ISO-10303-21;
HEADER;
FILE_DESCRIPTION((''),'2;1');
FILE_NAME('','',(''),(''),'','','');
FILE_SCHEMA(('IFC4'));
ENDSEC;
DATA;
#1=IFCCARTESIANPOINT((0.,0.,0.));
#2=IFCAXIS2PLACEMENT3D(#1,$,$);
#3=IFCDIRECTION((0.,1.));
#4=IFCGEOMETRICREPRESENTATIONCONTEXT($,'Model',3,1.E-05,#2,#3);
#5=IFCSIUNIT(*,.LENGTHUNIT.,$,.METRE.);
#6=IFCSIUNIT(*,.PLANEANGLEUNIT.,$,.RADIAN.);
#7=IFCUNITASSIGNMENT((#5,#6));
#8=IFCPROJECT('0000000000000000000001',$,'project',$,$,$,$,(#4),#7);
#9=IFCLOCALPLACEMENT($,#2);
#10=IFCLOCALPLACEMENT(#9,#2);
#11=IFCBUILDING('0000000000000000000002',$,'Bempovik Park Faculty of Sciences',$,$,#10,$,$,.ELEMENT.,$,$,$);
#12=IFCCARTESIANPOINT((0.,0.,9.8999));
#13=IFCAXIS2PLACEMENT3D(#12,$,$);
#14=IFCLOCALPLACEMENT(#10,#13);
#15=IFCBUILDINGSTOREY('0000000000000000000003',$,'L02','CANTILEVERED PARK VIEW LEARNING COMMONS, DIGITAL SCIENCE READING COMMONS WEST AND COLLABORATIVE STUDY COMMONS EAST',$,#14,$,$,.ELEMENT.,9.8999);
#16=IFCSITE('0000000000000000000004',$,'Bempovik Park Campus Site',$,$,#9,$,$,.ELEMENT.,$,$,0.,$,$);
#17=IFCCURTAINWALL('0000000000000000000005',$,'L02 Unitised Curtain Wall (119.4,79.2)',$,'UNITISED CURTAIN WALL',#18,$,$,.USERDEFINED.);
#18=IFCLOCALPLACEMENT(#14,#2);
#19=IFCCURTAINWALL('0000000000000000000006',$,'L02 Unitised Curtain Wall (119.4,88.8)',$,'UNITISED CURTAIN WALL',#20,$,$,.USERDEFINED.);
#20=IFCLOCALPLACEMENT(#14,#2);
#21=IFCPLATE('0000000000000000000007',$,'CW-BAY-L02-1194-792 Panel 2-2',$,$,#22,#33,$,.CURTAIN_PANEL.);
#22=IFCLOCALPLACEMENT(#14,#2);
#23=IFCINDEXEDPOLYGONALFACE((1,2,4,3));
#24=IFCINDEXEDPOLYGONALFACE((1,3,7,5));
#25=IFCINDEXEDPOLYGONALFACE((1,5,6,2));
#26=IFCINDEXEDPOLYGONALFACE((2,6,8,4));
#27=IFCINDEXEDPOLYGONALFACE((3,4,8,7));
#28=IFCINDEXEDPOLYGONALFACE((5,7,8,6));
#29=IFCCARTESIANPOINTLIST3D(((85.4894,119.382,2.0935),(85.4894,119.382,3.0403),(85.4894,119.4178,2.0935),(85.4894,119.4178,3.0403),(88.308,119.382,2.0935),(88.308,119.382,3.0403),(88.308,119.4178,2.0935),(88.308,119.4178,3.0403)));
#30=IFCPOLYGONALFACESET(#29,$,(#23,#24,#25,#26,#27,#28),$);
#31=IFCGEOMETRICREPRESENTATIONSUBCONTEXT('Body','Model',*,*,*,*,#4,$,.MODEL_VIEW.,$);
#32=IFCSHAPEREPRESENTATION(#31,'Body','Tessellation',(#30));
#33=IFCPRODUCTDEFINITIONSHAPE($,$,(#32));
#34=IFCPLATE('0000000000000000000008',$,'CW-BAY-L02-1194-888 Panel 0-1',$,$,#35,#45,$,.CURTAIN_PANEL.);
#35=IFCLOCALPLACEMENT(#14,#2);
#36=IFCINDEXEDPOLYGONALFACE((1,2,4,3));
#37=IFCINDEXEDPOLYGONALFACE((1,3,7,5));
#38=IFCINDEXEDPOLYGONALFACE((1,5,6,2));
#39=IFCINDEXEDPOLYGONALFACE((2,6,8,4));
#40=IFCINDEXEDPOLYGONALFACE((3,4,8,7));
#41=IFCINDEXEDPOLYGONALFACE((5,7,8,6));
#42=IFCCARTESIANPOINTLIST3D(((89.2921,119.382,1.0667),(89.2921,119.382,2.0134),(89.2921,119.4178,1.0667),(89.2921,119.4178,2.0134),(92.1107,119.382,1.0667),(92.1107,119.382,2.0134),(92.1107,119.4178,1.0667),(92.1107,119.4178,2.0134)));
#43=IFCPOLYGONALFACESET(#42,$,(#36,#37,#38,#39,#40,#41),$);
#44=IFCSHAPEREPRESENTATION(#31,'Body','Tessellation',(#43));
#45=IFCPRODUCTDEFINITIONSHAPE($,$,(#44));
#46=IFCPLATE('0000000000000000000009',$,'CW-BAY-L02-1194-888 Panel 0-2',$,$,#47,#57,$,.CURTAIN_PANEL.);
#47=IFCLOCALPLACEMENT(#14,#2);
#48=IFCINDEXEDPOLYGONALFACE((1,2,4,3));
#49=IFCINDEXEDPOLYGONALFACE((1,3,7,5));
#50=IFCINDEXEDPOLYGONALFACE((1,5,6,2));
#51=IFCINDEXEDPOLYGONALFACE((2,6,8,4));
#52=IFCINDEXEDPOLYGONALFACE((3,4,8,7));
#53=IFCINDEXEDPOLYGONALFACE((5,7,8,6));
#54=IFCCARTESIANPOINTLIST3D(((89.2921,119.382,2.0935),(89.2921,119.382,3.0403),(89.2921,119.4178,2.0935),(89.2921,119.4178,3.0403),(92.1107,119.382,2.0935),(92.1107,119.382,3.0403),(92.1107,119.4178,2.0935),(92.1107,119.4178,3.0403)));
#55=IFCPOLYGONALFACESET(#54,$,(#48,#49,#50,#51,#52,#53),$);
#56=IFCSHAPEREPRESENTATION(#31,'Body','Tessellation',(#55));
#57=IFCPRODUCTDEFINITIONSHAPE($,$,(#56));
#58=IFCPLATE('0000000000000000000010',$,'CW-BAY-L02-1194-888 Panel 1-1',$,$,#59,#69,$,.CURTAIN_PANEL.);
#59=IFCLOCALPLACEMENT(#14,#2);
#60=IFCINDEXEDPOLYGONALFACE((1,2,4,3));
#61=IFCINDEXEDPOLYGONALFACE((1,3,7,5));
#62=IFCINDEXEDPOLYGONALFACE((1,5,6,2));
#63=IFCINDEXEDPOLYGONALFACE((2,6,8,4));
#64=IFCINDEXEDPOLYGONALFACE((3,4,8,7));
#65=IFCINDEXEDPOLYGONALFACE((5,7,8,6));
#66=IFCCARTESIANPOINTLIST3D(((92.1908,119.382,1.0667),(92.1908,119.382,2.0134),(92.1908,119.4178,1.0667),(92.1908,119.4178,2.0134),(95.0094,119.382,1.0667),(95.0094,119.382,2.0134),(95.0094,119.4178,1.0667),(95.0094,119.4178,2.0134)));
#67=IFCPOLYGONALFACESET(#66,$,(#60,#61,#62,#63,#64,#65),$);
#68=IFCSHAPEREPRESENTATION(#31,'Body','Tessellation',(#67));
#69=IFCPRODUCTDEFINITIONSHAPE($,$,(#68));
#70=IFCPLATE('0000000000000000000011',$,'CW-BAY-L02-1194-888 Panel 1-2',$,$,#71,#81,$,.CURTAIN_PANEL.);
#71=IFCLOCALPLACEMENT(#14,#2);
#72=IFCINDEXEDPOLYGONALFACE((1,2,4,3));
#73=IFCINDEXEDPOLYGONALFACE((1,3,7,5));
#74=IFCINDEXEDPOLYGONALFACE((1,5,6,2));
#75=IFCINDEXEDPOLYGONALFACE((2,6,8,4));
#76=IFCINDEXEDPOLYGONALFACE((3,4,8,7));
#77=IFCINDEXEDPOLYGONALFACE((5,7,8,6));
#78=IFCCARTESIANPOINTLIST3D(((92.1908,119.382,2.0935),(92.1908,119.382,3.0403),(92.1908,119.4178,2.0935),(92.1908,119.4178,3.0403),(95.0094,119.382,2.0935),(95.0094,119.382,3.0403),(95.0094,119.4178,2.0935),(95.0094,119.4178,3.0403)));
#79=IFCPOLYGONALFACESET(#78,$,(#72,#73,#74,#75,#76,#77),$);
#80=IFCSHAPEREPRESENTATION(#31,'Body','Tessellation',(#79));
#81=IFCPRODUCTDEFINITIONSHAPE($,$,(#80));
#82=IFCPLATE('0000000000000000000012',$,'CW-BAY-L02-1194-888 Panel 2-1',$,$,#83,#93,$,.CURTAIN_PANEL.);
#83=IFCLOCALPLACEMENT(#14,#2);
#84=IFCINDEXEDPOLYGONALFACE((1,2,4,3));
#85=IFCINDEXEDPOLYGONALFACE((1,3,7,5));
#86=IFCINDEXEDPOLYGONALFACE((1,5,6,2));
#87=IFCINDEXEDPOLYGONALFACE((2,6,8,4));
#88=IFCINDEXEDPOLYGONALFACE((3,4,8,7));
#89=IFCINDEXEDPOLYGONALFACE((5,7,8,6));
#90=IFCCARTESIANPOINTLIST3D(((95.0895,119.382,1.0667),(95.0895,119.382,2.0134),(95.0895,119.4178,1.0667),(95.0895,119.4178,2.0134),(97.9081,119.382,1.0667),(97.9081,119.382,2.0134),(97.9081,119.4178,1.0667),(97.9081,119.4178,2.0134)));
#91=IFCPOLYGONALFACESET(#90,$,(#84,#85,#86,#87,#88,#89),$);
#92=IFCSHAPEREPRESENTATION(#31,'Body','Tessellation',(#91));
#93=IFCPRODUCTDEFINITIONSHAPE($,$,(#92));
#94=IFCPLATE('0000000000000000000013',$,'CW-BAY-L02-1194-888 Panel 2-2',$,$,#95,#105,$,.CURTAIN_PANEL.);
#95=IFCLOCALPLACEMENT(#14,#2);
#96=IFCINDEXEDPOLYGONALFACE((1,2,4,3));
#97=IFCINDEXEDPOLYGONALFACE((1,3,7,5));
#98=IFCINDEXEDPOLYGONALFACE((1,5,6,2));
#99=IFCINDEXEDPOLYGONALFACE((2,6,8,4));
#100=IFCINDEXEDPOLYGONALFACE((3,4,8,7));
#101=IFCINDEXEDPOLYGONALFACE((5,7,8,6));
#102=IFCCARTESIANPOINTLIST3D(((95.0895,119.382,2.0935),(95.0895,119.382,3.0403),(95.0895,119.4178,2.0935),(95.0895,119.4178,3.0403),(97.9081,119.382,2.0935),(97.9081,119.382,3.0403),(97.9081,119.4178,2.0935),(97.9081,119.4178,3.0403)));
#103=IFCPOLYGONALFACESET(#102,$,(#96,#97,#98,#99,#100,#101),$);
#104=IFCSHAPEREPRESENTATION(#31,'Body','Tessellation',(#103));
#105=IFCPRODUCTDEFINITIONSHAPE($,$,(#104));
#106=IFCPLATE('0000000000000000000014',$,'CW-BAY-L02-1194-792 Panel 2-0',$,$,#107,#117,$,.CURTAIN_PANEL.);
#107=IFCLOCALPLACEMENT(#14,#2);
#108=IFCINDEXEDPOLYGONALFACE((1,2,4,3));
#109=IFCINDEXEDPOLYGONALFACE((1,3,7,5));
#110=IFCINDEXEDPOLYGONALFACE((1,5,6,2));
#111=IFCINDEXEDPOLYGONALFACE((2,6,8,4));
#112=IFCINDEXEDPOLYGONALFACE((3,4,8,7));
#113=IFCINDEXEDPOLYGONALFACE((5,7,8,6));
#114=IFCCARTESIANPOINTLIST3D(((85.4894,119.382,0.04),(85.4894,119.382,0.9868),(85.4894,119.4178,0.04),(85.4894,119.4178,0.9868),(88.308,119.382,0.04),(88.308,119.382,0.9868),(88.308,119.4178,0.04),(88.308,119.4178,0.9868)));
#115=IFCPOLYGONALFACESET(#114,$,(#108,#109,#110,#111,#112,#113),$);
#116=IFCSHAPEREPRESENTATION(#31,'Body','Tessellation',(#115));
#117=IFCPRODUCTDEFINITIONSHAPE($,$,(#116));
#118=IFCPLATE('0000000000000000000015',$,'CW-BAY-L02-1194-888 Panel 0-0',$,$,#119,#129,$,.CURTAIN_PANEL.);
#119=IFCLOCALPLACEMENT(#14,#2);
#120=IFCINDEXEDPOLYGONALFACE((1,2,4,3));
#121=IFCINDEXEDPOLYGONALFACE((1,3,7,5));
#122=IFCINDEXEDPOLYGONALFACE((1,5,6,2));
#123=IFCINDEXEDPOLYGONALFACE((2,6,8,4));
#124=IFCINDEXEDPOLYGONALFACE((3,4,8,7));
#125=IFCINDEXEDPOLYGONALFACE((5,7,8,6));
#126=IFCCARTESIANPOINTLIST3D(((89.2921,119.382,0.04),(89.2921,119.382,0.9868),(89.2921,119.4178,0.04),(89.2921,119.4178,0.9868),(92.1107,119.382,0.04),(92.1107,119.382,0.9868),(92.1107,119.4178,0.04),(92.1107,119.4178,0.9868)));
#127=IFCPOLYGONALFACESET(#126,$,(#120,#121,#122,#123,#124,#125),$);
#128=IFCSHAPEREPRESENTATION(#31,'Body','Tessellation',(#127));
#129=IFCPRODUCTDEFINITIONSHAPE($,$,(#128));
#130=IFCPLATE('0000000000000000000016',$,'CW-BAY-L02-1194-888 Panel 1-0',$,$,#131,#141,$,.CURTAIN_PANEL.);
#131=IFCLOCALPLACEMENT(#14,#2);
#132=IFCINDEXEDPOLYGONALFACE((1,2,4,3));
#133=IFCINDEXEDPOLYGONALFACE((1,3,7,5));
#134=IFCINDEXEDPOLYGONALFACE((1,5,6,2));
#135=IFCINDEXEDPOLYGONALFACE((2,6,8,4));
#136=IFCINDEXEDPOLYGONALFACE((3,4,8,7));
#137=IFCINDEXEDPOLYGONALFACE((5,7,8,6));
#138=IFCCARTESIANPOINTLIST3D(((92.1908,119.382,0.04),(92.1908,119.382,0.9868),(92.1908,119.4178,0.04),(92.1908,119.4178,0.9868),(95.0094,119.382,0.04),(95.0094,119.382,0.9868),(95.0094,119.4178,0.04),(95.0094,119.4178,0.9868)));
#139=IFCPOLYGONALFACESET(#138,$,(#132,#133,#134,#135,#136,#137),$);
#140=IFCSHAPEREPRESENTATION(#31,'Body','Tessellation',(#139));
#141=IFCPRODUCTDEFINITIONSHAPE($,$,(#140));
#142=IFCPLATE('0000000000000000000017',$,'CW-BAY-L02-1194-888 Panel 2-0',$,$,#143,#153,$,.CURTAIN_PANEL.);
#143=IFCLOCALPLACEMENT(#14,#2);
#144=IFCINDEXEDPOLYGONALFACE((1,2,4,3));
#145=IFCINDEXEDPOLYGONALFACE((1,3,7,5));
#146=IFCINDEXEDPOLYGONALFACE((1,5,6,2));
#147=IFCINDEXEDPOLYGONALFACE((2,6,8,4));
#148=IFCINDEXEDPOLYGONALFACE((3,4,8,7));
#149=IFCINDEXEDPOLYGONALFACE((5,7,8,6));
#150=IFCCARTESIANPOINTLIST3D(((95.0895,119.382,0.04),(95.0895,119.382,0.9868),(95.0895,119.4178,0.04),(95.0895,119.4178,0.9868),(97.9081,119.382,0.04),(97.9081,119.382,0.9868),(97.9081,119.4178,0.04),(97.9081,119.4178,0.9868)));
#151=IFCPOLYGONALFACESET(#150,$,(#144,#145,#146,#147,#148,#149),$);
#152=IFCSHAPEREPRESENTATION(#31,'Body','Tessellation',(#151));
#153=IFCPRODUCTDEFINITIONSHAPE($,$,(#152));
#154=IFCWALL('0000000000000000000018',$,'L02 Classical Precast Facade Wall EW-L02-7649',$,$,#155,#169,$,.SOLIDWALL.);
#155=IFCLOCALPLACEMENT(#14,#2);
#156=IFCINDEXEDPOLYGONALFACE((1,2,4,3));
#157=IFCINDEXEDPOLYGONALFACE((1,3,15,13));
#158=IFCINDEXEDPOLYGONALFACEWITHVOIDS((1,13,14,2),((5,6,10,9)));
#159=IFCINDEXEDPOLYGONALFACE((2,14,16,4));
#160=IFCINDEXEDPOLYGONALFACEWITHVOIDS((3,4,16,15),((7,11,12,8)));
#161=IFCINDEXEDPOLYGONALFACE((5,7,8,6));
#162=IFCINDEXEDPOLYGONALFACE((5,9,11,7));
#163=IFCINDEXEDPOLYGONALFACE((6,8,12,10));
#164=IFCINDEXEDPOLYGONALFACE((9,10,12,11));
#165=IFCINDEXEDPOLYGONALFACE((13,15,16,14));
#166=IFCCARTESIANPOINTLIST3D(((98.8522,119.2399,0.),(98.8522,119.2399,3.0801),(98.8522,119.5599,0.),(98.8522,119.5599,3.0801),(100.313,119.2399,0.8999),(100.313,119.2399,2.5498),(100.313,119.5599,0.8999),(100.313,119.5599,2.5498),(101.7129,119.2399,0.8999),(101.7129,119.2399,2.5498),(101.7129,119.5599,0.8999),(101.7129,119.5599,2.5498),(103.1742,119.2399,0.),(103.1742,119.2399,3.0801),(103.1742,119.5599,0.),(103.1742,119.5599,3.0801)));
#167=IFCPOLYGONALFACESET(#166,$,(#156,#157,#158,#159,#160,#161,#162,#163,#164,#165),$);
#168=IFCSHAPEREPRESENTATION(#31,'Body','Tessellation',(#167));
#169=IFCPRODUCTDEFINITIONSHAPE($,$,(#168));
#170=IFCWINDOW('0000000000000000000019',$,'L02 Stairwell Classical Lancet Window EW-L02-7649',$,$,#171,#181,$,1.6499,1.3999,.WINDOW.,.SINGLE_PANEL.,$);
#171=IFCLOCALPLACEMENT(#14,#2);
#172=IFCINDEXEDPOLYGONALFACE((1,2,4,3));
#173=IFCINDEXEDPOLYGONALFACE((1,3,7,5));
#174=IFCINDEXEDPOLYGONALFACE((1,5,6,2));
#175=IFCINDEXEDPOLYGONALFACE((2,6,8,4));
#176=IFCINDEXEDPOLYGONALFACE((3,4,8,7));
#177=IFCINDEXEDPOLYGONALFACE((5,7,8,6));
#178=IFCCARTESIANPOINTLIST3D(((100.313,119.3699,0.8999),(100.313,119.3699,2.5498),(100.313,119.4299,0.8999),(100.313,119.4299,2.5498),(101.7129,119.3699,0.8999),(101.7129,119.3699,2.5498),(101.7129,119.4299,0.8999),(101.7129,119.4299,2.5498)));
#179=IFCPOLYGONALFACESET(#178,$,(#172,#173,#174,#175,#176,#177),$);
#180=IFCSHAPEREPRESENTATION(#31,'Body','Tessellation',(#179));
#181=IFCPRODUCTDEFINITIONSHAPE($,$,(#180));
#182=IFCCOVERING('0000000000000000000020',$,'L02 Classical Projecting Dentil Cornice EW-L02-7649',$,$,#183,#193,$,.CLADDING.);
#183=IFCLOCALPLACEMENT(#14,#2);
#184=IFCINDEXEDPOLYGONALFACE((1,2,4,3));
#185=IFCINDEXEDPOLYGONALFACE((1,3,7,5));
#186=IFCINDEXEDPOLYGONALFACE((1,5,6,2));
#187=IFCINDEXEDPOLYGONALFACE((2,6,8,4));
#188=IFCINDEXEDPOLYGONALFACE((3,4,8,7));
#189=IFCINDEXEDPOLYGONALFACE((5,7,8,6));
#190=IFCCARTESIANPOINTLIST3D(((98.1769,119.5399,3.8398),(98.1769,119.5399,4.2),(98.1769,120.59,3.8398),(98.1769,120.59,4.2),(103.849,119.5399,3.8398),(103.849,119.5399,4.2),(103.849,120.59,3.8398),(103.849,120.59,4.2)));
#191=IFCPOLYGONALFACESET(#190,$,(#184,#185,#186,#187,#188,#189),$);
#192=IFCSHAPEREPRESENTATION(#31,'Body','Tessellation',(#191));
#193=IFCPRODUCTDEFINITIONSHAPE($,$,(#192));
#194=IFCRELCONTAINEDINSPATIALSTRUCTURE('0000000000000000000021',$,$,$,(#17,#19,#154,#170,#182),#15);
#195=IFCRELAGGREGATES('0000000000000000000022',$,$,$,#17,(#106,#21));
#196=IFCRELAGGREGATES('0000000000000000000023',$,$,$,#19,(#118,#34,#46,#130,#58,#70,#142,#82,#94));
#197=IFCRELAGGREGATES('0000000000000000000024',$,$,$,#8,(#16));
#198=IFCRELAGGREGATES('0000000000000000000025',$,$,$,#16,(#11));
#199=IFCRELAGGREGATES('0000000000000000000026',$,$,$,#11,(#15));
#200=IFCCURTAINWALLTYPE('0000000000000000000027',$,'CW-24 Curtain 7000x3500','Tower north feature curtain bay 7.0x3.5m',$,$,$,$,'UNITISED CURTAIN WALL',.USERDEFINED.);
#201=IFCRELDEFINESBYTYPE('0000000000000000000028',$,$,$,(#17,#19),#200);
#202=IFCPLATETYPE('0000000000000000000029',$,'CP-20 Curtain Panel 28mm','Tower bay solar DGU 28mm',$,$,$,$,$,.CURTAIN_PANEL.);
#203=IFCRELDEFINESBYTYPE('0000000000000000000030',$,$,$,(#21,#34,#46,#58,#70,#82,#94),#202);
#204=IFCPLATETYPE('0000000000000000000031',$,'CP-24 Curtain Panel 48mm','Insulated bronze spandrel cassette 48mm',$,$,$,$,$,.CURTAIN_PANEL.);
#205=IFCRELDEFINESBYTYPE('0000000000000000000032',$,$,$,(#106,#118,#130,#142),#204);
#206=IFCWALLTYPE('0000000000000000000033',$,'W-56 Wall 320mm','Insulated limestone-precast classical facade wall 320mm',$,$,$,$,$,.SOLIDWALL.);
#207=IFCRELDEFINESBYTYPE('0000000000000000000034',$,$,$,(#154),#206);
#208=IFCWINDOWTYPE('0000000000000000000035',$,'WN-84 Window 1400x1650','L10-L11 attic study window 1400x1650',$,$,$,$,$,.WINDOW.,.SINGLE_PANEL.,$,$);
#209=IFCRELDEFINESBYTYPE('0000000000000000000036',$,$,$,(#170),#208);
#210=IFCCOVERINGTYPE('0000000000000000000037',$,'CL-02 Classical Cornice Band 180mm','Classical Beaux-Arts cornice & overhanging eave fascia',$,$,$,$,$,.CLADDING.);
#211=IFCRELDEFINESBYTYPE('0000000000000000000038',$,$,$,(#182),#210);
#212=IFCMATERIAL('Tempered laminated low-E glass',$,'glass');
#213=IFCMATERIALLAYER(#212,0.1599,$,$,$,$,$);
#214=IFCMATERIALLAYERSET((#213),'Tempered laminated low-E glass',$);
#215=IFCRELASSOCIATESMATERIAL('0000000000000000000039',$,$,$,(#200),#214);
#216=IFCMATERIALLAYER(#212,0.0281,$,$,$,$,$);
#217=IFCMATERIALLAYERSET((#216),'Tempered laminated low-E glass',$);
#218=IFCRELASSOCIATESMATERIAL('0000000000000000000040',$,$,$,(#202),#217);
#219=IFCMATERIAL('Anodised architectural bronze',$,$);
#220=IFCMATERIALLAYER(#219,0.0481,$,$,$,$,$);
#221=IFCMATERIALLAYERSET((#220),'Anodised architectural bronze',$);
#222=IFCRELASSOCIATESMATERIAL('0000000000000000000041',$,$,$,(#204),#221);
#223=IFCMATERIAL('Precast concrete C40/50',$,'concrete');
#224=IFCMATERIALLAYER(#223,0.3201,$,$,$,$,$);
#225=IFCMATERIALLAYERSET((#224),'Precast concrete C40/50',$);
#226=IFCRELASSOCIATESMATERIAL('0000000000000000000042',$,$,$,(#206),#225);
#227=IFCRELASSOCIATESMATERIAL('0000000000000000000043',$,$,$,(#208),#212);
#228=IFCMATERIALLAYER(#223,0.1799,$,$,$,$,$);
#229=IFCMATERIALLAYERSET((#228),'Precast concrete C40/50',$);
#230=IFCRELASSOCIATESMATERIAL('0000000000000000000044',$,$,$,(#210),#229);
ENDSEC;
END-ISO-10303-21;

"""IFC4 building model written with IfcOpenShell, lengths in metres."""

from ifc_helpers import new_model, si_unit, direction, frame, frame_2d, origin, origin_2d, place, context, subcontext, project, spatial, rectangle, extrude, material, layer, layer_set, type_object, element, fill, aggregate, save


model = new_model("IFC4")

# Units and contexts
model_context = context("Model", 3, precision=1e-05, world=origin(), true_north=direction((0.0, 1.0)))
body_context = subcontext(model_context, "Body", "Model", "MODEL_VIEW")
ifc_project = project(units=[si_unit("LENGTHUNIT", "METRE"), si_unit("PLANEANGLEUNIT", "RADIAN")], contexts=[model_context])

# Site, building, storey
site_placement = place(None, origin())
site = spatial("IfcSite", under=ifc_project, at=site_placement, Name="Bempovik Park Campus Site", CompositionType="ELEMENT", RefElevation=0.0)
building_placement = place(site_placement, origin())
building = spatial("IfcBuilding", under=site, at=building_placement, Name="Bempovik Park Faculty of Sciences", CompositionType="ELEMENT")
storey_placement = place(building_placement, frame((0.0, 0.0, 9.8999)))
storey = spatial("IfcBuildingStorey", under=building, at=storey_placement, Name="L02", Description="CANTILEVERED PARK VIEW LEARNING COMMONS, DIGITAL SCIENCE READING COMMONS WEST AND COLLABORATIVE STUDY COMMONS EAST", CompositionType="ELEMENT", Elevation=9.8999)

# Curtain wall
ifc_material_1 = material(Name="Tempered laminated low-E glass", Category="glass")
ifc_layer_1 = layer(ifc_material_1, 0.1599)
ifc_layer_set_1 = layer_set([ifc_layer_1], Name="Tempered laminated low-E glass")
curtain_wall_type = type_object("IfcCurtainWallType", Name="CW-24 Curtain 7000x3500", Description="Tower north feature curtain bay 7.0x3.5m", ElementType="UNITISED CURTAIN WALL", PredefinedType="USERDEFINED", material=ifc_layer_set_1)
curtain_wall_1_placement = place(storey_placement, origin())
curtain_wall_1 = element("IfcCurtainWall", 1, at=curtain_wall_1_placement, inside=storey, type_object=curtain_wall_type, Name="L02 Unitised Curtain Wall (119.4,79.2)", ObjectType="UNITISED CURTAIN WALL", PredefinedType="USERDEFINED")

# Curtain wall
curtain_wall_2_placement = place(storey_placement, origin())
curtain_wall_2 = element("IfcCurtainWall", 2, at=curtain_wall_2_placement, inside=storey, type_object=curtain_wall_type, Name="L02 Unitised Curtain Wall (119.4,88.8)", ObjectType="UNITISED CURTAIN WALL", PredefinedType="USERDEFINED")

# Plates
ifc_layer_2 = layer(ifc_material_1, 0.0281)
ifc_layer_set_2 = layer_set([ifc_layer_2], Name="Tempered laminated low-E glass")
plate_type_1 = type_object("IfcPlateType", Name="CP-20 Curtain Panel 28mm", Description="Tower bay solar DGU 28mm", PredefinedType="CURTAIN_PANEL", material=ifc_layer_set_2)
plate_1_placement = place(storey_placement, frame((86.8987, 119.3999, 2.0935), z_axis=(0.0, 0.0, 1.0), x_axis=(1.0, 0.0, 0.0)))
plate_1 = element("IfcPlate", 3, at=plate_1_placement, type_object=plate_type_1, Name="CW-BAY-L02-1194-792 Panel 2-2", PredefinedType="CURTAIN_PANEL", context=body_context, shape_type="SweptSolid", body=[
    extrude(rectangle(XDim=2.8186, YDim=0.0359, at=origin_2d()), origin(), (0.0, 0.0, 1.0), 0.9468),
])
plate_2_placement = place(storey_placement, frame((90.7014, 119.3999, 1.0667), z_axis=(0.0, 0.0, 1.0), x_axis=(1.0, 0.0, 0.0)))
plate_2 = element("IfcPlate", 4, at=plate_2_placement, type_object=plate_type_1, Name="CW-BAY-L02-1194-888 Panel 0-1", PredefinedType="CURTAIN_PANEL", context=body_context, shape_type="SweptSolid", body=[
    extrude(rectangle(XDim=2.8186, YDim=0.0359, at=origin_2d()), origin(), (0.0, 0.0, 1.0), 0.9468),
])
plate_3_placement = place(storey_placement, frame((90.7014, 119.3999, 2.0935), z_axis=(0.0, 0.0, 1.0), x_axis=(1.0, 0.0, 0.0)))
plate_3 = element("IfcPlate", 5, at=plate_3_placement, type_object=plate_type_1, Name="CW-BAY-L02-1194-888 Panel 0-2", PredefinedType="CURTAIN_PANEL", context=body_context, shape_type="SweptSolid", body=[
    extrude(rectangle(XDim=2.8186, YDim=0.0359, at=origin_2d()), origin(), (0.0, 0.0, 1.0), 0.9468),
])
plate_4_placement = place(storey_placement, frame((93.6001, 119.3999, 1.0667), z_axis=(0.0, 0.0, 1.0), x_axis=(1.0, 0.0, 0.0)))
plate_4 = element("IfcPlate", 6, at=plate_4_placement, type_object=plate_type_1, Name="CW-BAY-L02-1194-888 Panel 1-1", PredefinedType="CURTAIN_PANEL", context=body_context, shape_type="SweptSolid", body=[
    extrude(rectangle(XDim=2.8186, YDim=0.0359, at=origin_2d()), origin(), (0.0, 0.0, 1.0), 0.9468),
])
plate_5_placement = place(storey_placement, frame((93.6001, 119.3999, 2.0935), z_axis=(0.0, 0.0, 1.0), x_axis=(1.0, 0.0, 0.0)))
plate_5 = element("IfcPlate", 7, at=plate_5_placement, type_object=plate_type_1, Name="CW-BAY-L02-1194-888 Panel 1-2", PredefinedType="CURTAIN_PANEL", context=body_context, shape_type="SweptSolid", body=[
    extrude(rectangle(XDim=2.8186, YDim=0.0359, at=origin_2d()), origin(), (0.0, 0.0, 1.0), 0.9468),
])
plate_6_placement = place(storey_placement, frame((96.4988, 119.3999, 1.0667), z_axis=(0.0, 0.0, 1.0), x_axis=(1.0, 0.0, 0.0)))
plate_6 = element("IfcPlate", 8, at=plate_6_placement, type_object=plate_type_1, Name="CW-BAY-L02-1194-888 Panel 2-1", PredefinedType="CURTAIN_PANEL", context=body_context, shape_type="SweptSolid", body=[
    extrude(rectangle(XDim=2.8186, YDim=0.0359, at=origin_2d()), origin(), (0.0, 0.0, 1.0), 0.9468),
])
plate_7_placement = place(storey_placement, frame((96.4988, 119.3999, 2.0935), z_axis=(0.0, 0.0, 1.0), x_axis=(1.0, 0.0, 0.0)))
plate_7 = element("IfcPlate", 9, at=plate_7_placement, type_object=plate_type_1, Name="CW-BAY-L02-1194-888 Panel 2-2", PredefinedType="CURTAIN_PANEL", context=body_context, shape_type="SweptSolid", body=[
    extrude(rectangle(XDim=2.8186, YDim=0.0359, at=origin_2d()), origin(), (0.0, 0.0, 1.0), 0.9468),
])
ifc_material_2 = material(Name="Anodised architectural bronze")
ifc_layer_3 = layer(ifc_material_2, 0.0481)
ifc_layer_set_3 = layer_set([ifc_layer_3], Name="Anodised architectural bronze")
plate_type_2 = type_object("IfcPlateType", Name="CP-24 Curtain Panel 48mm", Description="Insulated bronze spandrel cassette 48mm", PredefinedType="CURTAIN_PANEL", material=ifc_layer_set_3)
plate_8_placement = place(storey_placement, frame((86.8987, 119.3999, 0.04), z_axis=(0.0, 0.0, 1.0), x_axis=(1.0, 0.0, 0.0)))
plate_8 = element("IfcPlate", 10, at=plate_8_placement, type_object=plate_type_2, Name="CW-BAY-L02-1194-792 Panel 2-0", PredefinedType="CURTAIN_PANEL", context=body_context, shape_type="SweptSolid", body=[
    extrude(rectangle(XDim=2.8186, YDim=0.0359, at=origin_2d()), origin(), (0.0, 0.0, 1.0), 0.9468),
])
aggregate(curtain_wall_1, [plate_8, plate_1])
plate_9_placement = place(storey_placement, frame((90.7014, 119.3999, 0.04), z_axis=(0.0, 0.0, 1.0), x_axis=(1.0, 0.0, 0.0)))
plate_9 = element("IfcPlate", 11, at=plate_9_placement, type_object=plate_type_2, Name="CW-BAY-L02-1194-888 Panel 0-0", PredefinedType="CURTAIN_PANEL", context=body_context, shape_type="SweptSolid", body=[
    extrude(rectangle(XDim=2.8186, YDim=0.0359, at=origin_2d()), origin(), (0.0, 0.0, 1.0), 0.9468),
])
plate_10_placement = place(storey_placement, frame((93.6001, 119.3999, 0.04), z_axis=(0.0, 0.0, 1.0), x_axis=(1.0, 0.0, 0.0)))
plate_10 = element("IfcPlate", 12, at=plate_10_placement, type_object=plate_type_2, Name="CW-BAY-L02-1194-888 Panel 1-0", PredefinedType="CURTAIN_PANEL", context=body_context, shape_type="SweptSolid", body=[
    extrude(rectangle(XDim=2.8186, YDim=0.0359, at=origin_2d()), origin(), (0.0, 0.0, 1.0), 0.9468),
])
plate_11_placement = place(storey_placement, frame((96.4988, 119.3999, 0.04), z_axis=(0.0, 0.0, 1.0), x_axis=(1.0, 0.0, 0.0)))
plate_11 = element("IfcPlate", 13, at=plate_11_placement, type_object=plate_type_2, Name="CW-BAY-L02-1194-888 Panel 2-0", PredefinedType="CURTAIN_PANEL", context=body_context, shape_type="SweptSolid", body=[
    extrude(rectangle(XDim=2.8186, YDim=0.0359, at=origin_2d()), origin(), (0.0, 0.0, 1.0), 0.9468),
])
aggregate(curtain_wall_2, [plate_9, plate_2, plate_3, plate_10, plate_4, plate_5, plate_11, plate_6, plate_7])

# Wall, opening, window
ifc_material_3 = material(Name="Precast concrete C40/50", Category="concrete")
ifc_layer_4 = layer(ifc_material_3, 0.3201)
ifc_layer_set_4 = layer_set([ifc_layer_4], Name="Precast concrete C40/50")
wall_type = type_object("IfcWallType", Name="W-56 Wall 320mm", Description="Insulated limestone-precast classical facade wall 320mm", PredefinedType="SOLIDWALL", material=ifc_layer_set_4)
wall_placement = place(storey_placement, frame((98.8521, 119.3999, 0.0), z_axis=(0.0, 0.0, 1.0), x_axis=(1.0, 0.0, 0.0)))
wall = element("IfcWall", 14, at=wall_placement, inside=storey, type_object=wall_type, Name="L02 Classical Precast Facade Wall EW-L02-7649", PredefinedType="SOLIDWALL", context=body_context, shape_type="SweptSolid", body=[
    extrude(rectangle(XDim=4.322, YDim=0.3201, at=frame_2d((2.1611, 0.0))), origin(), (0.0, 0.0, 1.0), 3.0801),
])
opening_placement = place(wall_placement, frame((1.4609, 0.0, 0.8999)))
opening = element("IfcOpeningElement", 15, at=opening_placement, cuts=wall, PredefinedType="OPENING", context=body_context, shape_type="SweptSolid", body=[
    extrude(rectangle(XDim=1.3999, YDim=1.6499, at=frame_2d((0.7, 0.825))), frame((0.0, 0.1699, 0.0), z_axis=(0.0, -1.0, 0.0), x_axis=(1.0, 0.0, 0.0)), (0.0, 0.0, 1.0), 0.3401),
])
window_type = type_object("IfcWindowType", Name="WN-84 Window 1400x1650", Description="L10-L11 attic study window 1400x1650", PartitioningType="SINGLE_PANEL", PredefinedType="WINDOW", material=ifc_material_1)
window_placement = place(opening_placement, origin())
window = element("IfcWindow", 16, at=window_placement, inside=storey, type_object=window_type, Name="L02 Stairwell Classical Lancet Window EW-L02-7649", OverallHeight=1.6499, OverallWidth=1.3999, PartitioningType="SINGLE_PANEL", PredefinedType="WINDOW", context=body_context, shape_type="SweptSolid", body=[
    extrude(rectangle(XDim=1.3999, YDim=1.6499, at=frame_2d((0.7, 0.825))), frame((0.0, 0.03, 0.0), z_axis=(0.0, -1.0, 0.0), x_axis=(1.0, 0.0, 0.0)), (0.0, 0.0, 1.0), 0.0601),
])
fill(opening, window)

# Covering
ifc_layer_5 = layer(ifc_material_3, 0.1799)
ifc_layer_set_5 = layer_set([ifc_layer_5], Name="Precast concrete C40/50")
covering_type_1 = type_object("IfcCoveringType", Name="CL-02 Classical Cornice Band 180mm", Description="Classical Beaux-Arts cornice & overhanging eave fascia", PredefinedType="CLADDING", material=ifc_layer_set_5)
covering_1_placement = place(storey_placement, frame((101.0129, 120.0649, 3.8398), z_axis=(0.0, 0.0, 1.0), x_axis=(1.0, 0.0, 0.0)))
element("IfcCovering", 17, at=covering_1_placement, inside=storey, type_object=covering_type_1, Name="L02 Classical Projecting Dentil Cornice EW-L02-7649", PredefinedType="CLADDING", context=body_context, shape_type="SweptSolid", body=[
    extrude(rectangle(XDim=5.6721, YDim=1.05, at=origin_2d()), origin(), (0.0, 0.0, 1.0), 0.3601),
])

save(model, "model.ifc")
